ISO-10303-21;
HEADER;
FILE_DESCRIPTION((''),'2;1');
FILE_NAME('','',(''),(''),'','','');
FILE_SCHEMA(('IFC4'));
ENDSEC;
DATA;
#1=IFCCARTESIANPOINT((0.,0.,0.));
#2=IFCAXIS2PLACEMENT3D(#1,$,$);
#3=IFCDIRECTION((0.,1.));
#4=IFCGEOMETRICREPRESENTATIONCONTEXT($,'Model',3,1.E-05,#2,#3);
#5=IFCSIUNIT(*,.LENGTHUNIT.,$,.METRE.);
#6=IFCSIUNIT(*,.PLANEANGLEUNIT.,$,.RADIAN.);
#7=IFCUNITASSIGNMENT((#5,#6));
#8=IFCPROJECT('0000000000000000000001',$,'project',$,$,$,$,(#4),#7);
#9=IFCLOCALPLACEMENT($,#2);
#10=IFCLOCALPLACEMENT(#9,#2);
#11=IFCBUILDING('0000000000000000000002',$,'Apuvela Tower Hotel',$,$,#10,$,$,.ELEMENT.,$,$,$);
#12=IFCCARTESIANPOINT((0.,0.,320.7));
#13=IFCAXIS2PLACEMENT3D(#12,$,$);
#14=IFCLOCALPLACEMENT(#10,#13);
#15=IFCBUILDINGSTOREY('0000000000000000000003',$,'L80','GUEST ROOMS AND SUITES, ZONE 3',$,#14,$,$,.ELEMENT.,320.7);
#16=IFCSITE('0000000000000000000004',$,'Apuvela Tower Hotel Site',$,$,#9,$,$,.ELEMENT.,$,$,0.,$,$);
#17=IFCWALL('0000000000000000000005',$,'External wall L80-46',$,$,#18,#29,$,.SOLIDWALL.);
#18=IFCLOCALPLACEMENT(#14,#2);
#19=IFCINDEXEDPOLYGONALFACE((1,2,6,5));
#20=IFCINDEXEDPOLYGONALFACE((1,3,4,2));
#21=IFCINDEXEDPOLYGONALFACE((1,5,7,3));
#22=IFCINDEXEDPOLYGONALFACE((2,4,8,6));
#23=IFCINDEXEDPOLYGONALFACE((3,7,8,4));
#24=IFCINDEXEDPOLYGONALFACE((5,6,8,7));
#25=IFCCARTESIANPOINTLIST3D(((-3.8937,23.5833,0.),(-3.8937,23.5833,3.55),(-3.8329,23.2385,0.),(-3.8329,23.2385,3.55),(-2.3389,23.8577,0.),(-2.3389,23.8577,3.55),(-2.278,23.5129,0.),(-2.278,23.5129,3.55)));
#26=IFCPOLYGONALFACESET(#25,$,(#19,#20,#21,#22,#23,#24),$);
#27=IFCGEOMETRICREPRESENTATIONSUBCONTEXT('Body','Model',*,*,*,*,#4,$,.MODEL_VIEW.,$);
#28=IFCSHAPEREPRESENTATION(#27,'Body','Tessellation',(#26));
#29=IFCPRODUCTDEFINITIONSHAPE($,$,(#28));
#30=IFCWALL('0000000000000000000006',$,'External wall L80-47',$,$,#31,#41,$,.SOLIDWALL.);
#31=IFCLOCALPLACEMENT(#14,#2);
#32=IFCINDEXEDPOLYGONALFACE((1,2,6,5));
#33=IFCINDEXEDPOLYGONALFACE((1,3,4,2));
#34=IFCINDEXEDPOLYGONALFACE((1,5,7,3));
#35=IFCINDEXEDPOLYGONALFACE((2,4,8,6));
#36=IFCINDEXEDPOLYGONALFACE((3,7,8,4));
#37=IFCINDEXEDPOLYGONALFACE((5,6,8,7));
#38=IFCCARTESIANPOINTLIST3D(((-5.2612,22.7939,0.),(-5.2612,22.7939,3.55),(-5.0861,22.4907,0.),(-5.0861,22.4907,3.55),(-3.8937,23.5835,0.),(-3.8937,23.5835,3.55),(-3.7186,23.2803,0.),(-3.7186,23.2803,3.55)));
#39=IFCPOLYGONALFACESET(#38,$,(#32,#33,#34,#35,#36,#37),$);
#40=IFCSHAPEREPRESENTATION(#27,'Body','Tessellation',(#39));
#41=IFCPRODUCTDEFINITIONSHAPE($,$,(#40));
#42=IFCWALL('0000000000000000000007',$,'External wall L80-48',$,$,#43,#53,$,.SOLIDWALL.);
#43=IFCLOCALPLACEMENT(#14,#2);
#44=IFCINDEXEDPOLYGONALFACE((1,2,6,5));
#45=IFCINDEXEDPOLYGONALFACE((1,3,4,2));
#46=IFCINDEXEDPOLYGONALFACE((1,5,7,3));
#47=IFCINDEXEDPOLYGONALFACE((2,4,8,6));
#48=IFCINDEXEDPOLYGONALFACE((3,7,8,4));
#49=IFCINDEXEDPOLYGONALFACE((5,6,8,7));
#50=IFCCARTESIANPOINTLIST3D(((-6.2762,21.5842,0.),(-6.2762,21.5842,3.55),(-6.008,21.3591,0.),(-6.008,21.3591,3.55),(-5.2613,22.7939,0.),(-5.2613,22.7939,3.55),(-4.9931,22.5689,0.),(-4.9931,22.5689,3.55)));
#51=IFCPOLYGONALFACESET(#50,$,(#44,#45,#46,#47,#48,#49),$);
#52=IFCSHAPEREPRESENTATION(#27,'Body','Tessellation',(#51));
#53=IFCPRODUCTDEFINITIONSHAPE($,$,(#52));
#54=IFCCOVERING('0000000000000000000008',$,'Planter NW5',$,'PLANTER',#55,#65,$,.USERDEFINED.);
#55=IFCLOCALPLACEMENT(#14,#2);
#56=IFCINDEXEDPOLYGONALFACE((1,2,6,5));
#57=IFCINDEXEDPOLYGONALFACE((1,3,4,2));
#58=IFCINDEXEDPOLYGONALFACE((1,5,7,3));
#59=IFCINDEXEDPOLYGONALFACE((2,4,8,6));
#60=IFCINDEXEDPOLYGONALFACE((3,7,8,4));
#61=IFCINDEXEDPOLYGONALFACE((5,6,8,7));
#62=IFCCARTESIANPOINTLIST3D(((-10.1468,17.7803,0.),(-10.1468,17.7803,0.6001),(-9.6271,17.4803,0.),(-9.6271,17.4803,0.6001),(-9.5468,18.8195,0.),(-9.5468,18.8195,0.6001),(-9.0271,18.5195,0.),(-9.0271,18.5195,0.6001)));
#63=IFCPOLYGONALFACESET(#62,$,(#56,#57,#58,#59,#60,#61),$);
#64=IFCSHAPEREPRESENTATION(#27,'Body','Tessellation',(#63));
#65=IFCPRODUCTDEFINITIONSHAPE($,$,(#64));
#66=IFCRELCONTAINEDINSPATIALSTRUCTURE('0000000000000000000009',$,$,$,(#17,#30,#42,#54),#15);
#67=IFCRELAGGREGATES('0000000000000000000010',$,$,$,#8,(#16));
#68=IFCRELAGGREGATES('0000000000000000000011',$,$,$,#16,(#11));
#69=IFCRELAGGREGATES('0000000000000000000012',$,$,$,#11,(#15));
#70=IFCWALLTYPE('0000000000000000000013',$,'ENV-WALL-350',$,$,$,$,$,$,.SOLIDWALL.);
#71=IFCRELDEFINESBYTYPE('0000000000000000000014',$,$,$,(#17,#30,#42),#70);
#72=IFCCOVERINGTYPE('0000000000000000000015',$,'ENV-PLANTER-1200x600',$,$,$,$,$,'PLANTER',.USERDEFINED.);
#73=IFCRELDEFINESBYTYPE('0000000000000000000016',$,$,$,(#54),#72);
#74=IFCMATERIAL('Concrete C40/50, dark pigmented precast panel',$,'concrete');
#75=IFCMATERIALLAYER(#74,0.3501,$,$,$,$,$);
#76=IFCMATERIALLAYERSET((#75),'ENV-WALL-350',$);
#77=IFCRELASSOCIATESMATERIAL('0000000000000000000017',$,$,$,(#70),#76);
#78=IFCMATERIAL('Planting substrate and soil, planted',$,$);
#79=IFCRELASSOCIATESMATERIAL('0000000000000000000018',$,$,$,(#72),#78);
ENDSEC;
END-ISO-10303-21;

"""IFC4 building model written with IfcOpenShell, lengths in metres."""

from ifc_helpers import new_model, si_unit, direction, frame, frame_2d, origin, origin_2d, place, context, subcontext, project, spatial, rectangle, extrude, material, layer, layer_set, type_object, element, save


model = new_model("IFC4")

# Units and contexts
model_context = context("Model", 3, precision=1e-05, world=origin(), true_north=direction((0.0, 1.0)))
body_context = subcontext(model_context, "Body", "Model", "MODEL_VIEW")
ifc_project = project(units=[si_unit("LENGTHUNIT", "METRE"), si_unit("PLANEANGLEUNIT", "RADIAN")], contexts=[model_context])

# Site, building, storey
site_placement = place(None, origin())
site = spatial("IfcSite", under=ifc_project, at=site_placement, Name="Apuvela Tower Hotel Site", CompositionType="ELEMENT", RefElevation=0.0)
building_placement = place(site_placement, origin())
building = spatial("IfcBuilding", under=site, at=building_placement, Name="Apuvela Tower Hotel", CompositionType="ELEMENT")
storey_placement = place(building_placement, frame((0.0, 0.0, 320.7)))
storey = spatial("IfcBuildingStorey", under=building, at=storey_placement, Name="L80", Description="GUEST ROOMS AND SUITES, ZONE 3", CompositionType="ELEMENT", Elevation=320.7)

# Shared definitions
ifc_material_1 = material(Name="Concrete C40/50, dark pigmented precast panel", Category="concrete")
ifc_layer_1 = layer(ifc_material_1, 0.3501)
ifc_layer_set_1 = layer_set([ifc_layer_1], Name="ENV-WALL-350")
wall_type_1 = type_object("IfcWallType", Name="ENV-WALL-350", PredefinedType="SOLIDWALL", material=ifc_layer_set_1)

# Walls
wall_1_placement = place(storey_placement, frame((-2.3083, 23.6853, 0.0), z_axis=(0.0, 0.0, 1.0), x_axis=(-0.984782, -0.173794, 0.0)))
element("IfcWall", 1, at=wall_1_placement, inside=storey, type_object=wall_type_1, Name="External wall L80-46", PredefinedType="SOLIDWALL", context=body_context, shape_type="SweptSolid", body=[
    extrude(rectangle(XDim=1.5789, YDim=0.3501, at=frame_2d((0.7896, 0.0))), origin(), (0.0, 0.0, 1.0), 3.55),
])
for number, where, z_axis, x_axis, name in (
    (2, (-3.8062, 23.4319, 0.0), (0.0, 0.0, 1.0), (-0.866008, -0.50003, 0.0), "External wall L80-47"),
    (3, (-5.1272, 22.6814, 0.0), (0.0, 0.0, 1.0), (-0.642721, -0.766101, 0.0), "External wall L80-48"),
):
    element("IfcWall", number, at=place(storey_placement, frame(where, z_axis=z_axis, x_axis=x_axis)), inside=storey, type_object=wall_type_1, Name=name, PredefinedType="SOLIDWALL", context=body_context, shape_type="SweptSolid", body=[
        extrude(rectangle(XDim=1.5791, YDim=0.3501, at=frame_2d((0.7896, 0.0))), origin(), (0.0, 0.0, 1.0), 3.55),
    ])

# Covering
ifc_material_2 = material(Name="Planting substrate and soil, planted")
covering_type = type_object("IfcCoveringType", Name="ENV-PLANTER-1200x600", ElementType="PLANTER", PredefinedType="USERDEFINED", material=ifc_material_2)
covering_placement = place(storey_placement, frame((-9.5869, 18.1499, 0.0), z_axis=(0.0, 0.0, 1.0), x_axis=(-0.5, -0.866025, 0.0)))
element("IfcCovering", 4, at=covering_placement, inside=storey, type_object=covering_type, Name="Planter NW5", ObjectType="PLANTER", PredefinedType="USERDEFINED", context=body_context, shape_type="SweptSolid", body=[
    extrude(rectangle(XDim=1.2, YDim=0.6001, at=origin_2d()), origin(), (0.0, 0.0, 1.0), 0.6001),
])

save(model, "model.ifc")
